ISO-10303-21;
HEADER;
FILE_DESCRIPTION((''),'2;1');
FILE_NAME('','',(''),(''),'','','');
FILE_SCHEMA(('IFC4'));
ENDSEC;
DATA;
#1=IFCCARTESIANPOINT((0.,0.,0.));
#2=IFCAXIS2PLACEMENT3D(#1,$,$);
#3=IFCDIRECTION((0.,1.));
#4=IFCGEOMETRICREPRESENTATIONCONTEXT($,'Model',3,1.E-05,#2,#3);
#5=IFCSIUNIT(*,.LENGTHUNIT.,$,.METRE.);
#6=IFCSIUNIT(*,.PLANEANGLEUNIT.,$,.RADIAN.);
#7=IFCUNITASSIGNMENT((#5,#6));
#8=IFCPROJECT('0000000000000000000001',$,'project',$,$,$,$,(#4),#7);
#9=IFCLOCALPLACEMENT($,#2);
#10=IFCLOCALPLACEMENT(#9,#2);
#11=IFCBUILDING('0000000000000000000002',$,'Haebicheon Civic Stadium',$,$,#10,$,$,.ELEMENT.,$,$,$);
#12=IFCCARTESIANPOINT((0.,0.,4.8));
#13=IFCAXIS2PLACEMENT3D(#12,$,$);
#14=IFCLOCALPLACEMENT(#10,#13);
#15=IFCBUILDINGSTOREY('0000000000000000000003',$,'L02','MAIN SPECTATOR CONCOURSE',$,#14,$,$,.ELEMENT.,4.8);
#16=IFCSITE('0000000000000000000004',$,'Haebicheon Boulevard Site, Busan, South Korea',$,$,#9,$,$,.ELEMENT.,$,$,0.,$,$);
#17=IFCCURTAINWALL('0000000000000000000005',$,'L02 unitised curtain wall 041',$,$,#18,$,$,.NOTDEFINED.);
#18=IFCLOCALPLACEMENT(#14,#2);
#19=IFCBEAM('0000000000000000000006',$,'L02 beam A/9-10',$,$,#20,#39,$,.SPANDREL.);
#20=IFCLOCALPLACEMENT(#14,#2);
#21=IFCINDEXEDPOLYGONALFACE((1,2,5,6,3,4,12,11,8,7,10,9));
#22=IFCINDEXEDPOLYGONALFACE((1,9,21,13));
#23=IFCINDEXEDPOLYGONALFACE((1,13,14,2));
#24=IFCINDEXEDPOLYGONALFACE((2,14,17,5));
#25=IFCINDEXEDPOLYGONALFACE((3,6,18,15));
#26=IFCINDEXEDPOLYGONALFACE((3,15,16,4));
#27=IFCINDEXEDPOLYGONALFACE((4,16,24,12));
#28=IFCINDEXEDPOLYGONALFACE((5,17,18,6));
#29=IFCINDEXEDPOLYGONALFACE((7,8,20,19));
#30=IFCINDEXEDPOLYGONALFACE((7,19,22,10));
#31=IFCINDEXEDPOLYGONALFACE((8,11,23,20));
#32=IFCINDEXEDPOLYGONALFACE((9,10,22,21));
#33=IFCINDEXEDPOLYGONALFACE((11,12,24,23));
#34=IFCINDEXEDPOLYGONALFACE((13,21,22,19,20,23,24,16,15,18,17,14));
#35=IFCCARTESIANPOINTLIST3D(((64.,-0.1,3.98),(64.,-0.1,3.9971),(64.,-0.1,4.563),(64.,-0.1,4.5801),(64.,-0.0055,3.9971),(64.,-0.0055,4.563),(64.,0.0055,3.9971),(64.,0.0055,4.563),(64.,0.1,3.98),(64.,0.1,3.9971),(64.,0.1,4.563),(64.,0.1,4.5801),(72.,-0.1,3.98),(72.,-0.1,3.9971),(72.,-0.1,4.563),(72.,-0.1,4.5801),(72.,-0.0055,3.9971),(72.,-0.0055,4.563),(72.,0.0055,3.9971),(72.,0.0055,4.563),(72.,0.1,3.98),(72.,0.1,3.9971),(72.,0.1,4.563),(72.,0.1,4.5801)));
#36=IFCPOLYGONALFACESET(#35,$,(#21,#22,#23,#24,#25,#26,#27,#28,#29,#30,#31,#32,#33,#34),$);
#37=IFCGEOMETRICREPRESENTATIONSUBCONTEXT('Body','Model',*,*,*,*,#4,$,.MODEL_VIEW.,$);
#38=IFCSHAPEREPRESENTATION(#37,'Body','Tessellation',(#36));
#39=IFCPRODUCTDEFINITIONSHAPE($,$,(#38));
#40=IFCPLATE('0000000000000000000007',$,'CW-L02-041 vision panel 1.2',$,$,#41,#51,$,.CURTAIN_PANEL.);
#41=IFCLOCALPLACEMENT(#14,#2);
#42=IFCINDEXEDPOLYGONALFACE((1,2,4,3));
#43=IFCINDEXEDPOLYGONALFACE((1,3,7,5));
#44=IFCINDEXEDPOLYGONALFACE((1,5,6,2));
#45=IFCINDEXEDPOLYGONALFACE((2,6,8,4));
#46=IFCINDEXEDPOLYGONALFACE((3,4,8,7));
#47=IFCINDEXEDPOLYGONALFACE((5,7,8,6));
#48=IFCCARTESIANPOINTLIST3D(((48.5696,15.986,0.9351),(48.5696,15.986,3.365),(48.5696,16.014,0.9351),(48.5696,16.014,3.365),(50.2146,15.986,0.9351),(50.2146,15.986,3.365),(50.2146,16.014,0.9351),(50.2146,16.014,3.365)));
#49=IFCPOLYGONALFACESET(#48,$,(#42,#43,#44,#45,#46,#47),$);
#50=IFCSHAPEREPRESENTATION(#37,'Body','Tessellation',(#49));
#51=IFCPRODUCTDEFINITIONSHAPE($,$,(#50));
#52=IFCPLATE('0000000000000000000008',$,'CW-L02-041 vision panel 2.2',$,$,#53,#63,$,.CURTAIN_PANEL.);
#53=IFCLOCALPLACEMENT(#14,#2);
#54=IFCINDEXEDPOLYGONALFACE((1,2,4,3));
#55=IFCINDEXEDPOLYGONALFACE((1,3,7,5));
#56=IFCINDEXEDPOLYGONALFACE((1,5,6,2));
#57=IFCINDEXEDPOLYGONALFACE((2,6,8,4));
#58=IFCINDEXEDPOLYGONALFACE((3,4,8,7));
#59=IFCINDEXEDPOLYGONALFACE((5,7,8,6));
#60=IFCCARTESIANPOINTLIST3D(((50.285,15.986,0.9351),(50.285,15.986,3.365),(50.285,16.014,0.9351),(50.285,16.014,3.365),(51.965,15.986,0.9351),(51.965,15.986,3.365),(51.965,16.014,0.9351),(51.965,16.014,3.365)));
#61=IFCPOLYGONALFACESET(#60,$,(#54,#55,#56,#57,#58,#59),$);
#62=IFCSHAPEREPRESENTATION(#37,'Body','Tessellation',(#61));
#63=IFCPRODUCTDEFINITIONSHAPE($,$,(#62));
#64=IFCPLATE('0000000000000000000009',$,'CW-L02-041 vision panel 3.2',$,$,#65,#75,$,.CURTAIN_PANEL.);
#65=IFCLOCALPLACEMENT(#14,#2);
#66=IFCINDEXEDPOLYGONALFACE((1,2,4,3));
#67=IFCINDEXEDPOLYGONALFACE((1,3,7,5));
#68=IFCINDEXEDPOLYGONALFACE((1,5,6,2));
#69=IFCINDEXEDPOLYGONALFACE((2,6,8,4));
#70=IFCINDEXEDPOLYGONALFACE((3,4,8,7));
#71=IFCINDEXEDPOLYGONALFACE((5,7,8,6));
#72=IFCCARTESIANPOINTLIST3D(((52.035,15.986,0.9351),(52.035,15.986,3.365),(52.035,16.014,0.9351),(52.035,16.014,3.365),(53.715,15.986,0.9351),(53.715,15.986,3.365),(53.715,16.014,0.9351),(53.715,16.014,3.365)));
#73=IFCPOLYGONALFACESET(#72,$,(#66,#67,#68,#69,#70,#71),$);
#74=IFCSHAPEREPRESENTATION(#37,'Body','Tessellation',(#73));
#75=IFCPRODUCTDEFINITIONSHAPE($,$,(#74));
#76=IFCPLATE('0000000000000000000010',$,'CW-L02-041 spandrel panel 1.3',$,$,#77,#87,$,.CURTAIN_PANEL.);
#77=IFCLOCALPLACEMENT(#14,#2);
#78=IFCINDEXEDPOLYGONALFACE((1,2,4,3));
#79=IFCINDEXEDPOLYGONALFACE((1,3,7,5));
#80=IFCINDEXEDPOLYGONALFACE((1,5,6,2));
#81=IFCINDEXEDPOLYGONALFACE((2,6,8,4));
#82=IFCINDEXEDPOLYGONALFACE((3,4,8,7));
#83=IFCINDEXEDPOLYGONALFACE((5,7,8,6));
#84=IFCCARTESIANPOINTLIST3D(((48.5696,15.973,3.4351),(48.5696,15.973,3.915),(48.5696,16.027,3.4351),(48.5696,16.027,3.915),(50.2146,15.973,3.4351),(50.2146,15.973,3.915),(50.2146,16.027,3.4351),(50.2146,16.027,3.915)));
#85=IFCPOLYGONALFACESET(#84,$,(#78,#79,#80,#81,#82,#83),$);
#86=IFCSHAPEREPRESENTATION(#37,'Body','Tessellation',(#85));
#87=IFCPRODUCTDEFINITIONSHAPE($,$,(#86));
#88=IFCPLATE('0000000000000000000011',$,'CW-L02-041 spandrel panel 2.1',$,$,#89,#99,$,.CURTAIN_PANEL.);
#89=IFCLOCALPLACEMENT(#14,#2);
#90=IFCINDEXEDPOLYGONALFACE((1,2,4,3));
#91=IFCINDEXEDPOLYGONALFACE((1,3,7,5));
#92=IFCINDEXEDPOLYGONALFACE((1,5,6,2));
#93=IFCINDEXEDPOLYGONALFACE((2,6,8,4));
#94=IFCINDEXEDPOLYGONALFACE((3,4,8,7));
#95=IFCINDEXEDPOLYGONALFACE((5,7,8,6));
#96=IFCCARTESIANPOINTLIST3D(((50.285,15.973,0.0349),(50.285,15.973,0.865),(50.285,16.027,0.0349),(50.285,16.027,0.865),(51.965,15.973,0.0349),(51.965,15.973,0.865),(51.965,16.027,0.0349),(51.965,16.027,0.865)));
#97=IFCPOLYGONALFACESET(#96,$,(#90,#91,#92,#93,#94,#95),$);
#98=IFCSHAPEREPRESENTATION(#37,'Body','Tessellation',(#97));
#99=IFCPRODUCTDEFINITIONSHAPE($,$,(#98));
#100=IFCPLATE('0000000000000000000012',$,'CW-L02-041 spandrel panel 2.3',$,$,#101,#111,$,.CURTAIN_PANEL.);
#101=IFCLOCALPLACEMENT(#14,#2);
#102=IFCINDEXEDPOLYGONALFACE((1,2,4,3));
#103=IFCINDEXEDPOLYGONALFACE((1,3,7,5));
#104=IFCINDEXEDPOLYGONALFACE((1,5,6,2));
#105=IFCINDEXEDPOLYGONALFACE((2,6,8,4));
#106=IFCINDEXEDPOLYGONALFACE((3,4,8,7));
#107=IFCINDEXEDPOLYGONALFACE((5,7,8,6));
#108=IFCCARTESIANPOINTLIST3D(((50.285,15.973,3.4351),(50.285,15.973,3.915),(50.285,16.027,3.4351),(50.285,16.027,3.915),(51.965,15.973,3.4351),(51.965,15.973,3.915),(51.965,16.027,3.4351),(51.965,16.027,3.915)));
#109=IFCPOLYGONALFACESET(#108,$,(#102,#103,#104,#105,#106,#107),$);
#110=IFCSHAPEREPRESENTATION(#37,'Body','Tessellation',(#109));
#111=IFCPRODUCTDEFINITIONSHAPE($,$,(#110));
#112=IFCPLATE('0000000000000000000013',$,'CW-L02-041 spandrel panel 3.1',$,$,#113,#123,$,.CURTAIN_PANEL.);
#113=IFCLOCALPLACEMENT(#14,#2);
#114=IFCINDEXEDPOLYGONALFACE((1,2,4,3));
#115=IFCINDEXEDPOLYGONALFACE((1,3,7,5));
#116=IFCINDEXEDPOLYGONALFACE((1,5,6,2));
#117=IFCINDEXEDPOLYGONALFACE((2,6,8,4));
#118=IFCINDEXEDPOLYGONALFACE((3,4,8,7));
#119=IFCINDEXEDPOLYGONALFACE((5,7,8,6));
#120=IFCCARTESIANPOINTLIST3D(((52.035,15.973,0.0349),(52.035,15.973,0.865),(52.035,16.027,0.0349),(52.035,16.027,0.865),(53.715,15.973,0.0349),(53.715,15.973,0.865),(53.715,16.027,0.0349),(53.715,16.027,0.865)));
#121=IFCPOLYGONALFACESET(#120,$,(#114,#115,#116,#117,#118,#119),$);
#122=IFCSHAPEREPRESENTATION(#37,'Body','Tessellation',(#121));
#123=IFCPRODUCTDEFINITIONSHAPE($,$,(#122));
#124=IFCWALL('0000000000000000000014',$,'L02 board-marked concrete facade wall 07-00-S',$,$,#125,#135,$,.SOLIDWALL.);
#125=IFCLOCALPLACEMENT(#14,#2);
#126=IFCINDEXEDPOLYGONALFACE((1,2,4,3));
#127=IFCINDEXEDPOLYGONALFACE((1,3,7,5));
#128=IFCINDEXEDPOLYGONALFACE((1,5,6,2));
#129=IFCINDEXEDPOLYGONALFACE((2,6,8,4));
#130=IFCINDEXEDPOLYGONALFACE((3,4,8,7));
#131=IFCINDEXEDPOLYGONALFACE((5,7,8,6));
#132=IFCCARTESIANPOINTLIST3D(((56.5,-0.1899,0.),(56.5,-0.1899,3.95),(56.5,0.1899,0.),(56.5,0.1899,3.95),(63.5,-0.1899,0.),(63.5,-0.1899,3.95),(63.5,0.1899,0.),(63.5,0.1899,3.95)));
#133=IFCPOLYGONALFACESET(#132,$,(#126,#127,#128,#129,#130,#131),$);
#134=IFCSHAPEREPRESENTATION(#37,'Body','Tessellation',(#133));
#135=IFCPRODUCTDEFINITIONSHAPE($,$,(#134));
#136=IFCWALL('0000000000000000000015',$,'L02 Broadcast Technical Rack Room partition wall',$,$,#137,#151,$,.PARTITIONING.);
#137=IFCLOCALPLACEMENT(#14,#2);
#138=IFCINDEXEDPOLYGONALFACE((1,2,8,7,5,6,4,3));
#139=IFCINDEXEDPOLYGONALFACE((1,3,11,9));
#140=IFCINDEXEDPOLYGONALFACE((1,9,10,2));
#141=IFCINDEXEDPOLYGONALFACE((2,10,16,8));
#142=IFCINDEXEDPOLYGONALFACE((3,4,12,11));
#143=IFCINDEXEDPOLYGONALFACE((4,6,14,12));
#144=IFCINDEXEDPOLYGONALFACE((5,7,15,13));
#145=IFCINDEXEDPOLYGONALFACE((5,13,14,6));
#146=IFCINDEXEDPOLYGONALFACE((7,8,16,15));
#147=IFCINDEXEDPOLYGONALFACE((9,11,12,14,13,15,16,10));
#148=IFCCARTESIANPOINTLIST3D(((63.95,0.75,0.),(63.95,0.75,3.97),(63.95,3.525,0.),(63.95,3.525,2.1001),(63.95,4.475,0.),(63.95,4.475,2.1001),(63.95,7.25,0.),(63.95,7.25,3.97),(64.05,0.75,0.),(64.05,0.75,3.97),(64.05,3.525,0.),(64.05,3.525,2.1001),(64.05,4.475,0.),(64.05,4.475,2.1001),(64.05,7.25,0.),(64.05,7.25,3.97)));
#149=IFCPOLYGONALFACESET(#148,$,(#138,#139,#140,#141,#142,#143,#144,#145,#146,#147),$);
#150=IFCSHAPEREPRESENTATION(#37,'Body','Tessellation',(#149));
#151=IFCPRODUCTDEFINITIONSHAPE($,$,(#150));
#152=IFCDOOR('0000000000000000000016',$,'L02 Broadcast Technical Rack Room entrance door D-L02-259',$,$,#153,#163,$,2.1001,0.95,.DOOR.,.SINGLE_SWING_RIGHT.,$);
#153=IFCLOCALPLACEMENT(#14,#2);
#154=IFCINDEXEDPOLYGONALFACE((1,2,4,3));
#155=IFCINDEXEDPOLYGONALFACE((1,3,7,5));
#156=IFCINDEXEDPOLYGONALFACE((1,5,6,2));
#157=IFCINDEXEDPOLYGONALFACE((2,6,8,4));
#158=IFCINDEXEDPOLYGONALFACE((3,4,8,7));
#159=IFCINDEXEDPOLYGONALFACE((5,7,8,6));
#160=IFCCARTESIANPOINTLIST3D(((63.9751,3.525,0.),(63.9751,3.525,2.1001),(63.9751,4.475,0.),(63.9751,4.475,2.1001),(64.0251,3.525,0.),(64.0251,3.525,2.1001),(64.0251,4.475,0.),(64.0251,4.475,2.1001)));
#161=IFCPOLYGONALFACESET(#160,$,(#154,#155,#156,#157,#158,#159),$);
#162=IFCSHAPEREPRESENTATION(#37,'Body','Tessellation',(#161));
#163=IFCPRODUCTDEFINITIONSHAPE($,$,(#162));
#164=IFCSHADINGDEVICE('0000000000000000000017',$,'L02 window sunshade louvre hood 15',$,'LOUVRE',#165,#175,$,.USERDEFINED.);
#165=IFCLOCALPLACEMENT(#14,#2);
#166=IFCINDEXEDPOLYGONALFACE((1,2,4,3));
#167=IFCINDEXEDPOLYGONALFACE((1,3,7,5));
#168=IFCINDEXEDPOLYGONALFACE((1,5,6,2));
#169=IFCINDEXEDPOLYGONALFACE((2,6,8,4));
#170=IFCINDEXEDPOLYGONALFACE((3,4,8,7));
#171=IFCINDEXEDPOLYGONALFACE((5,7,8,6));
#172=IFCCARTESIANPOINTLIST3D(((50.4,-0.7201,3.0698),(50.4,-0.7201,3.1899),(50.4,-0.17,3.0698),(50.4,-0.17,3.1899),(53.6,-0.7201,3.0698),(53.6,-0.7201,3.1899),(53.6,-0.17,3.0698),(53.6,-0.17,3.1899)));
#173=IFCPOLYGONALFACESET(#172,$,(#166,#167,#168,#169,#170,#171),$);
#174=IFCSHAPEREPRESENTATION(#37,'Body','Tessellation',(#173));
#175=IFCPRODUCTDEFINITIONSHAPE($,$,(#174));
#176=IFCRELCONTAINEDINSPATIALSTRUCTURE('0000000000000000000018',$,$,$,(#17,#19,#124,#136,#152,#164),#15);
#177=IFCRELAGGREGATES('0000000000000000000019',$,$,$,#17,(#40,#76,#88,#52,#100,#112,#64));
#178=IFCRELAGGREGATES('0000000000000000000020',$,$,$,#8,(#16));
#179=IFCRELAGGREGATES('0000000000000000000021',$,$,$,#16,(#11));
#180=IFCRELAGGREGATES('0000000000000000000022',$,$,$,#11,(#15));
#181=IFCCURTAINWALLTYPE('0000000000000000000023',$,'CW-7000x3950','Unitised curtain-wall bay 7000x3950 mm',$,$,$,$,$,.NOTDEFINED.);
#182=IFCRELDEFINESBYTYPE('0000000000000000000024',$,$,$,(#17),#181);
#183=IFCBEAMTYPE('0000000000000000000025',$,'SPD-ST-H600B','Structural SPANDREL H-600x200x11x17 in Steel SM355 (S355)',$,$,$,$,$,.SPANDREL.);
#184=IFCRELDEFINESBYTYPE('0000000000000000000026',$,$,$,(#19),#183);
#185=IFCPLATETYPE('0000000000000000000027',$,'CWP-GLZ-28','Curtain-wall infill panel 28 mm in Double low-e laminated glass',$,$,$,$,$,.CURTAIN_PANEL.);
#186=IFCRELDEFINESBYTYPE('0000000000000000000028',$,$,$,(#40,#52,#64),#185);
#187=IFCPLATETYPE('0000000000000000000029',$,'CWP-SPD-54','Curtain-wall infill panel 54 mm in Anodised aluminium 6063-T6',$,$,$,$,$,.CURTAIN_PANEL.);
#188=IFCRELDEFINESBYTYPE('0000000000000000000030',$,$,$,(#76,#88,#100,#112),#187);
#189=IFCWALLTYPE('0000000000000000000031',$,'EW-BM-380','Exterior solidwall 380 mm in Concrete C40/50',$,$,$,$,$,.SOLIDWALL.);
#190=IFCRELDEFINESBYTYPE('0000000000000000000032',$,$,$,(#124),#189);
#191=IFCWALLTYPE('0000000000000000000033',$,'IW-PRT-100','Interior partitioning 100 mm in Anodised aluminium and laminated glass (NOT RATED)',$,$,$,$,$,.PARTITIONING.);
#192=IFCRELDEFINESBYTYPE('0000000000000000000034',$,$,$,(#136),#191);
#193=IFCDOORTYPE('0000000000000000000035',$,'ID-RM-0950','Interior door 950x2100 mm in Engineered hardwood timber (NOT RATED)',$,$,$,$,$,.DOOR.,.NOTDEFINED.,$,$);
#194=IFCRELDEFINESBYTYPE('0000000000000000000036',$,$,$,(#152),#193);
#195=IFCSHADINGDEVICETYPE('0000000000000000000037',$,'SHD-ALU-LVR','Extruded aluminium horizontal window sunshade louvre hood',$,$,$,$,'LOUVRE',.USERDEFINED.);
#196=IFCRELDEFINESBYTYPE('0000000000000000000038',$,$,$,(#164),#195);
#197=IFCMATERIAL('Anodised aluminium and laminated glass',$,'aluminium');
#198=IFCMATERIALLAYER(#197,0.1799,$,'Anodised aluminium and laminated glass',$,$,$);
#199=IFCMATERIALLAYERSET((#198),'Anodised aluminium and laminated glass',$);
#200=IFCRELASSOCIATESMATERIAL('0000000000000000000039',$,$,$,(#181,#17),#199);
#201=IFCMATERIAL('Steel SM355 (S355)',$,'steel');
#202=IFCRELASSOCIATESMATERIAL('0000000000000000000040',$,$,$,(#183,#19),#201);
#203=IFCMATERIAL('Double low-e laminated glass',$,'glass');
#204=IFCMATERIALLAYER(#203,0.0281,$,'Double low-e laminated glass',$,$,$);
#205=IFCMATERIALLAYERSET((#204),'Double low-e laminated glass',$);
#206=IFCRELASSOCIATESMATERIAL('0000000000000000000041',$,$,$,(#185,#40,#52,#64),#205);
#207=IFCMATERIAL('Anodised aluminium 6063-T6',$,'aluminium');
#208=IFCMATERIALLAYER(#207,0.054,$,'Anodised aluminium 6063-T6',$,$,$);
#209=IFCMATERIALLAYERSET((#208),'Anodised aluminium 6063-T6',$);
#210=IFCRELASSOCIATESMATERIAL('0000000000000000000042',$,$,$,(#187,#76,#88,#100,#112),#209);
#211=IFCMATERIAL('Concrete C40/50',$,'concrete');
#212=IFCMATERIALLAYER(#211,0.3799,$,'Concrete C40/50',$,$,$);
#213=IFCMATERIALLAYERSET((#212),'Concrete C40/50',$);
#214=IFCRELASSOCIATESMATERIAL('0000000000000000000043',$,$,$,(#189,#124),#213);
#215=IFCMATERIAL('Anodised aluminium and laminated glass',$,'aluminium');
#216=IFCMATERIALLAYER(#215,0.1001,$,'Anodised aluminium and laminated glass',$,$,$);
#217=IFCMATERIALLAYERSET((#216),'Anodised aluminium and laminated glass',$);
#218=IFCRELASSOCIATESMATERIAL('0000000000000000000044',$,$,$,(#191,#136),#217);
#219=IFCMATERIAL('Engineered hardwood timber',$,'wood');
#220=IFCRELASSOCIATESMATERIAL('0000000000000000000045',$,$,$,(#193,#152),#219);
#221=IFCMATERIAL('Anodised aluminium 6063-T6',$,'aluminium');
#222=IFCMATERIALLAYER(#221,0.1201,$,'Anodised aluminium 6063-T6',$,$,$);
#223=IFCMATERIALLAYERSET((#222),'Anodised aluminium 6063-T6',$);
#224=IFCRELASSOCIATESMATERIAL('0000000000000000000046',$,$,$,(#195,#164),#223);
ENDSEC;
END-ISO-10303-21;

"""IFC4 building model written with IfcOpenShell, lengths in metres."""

from ifc_helpers import new_model, si_unit, direction, frame, frame_2d, origin, origin_2d, place, context, subcontext, project, spatial, rectangle, i_section, extrude, material, layer, layer_set, material_profile, profile_set, type_object, element, fill, aggregate, save


model = new_model("IFC4")

# Units and contexts
model_context = context("Model", 3, precision=1e-05, world=origin(), true_north=direction((0.0, 1.0)))
body_context = subcontext(model_context, "Body", "Model", "MODEL_VIEW")
ifc_project = project(units=[si_unit("LENGTHUNIT", "METRE"), si_unit("PLANEANGLEUNIT", "RADIAN")], contexts=[model_context])

# Site, building, storey
site_placement = place(None, origin())
site = spatial("IfcSite", under=ifc_project, at=site_placement, Name="Haebicheon Boulevard Site, Busan, South Korea", CompositionType="ELEMENT", RefElevation=0.0)
building_placement = place(site_placement, origin())
building = spatial("IfcBuilding", under=site, at=building_placement, Name="Haebicheon Civic Stadium", CompositionType="ELEMENT")
storey_placement = place(building_placement, frame((0.0, 0.0, 4.8)))
storey = spatial("IfcBuildingStorey", under=building, at=storey_placement, Name="L02", Description="MAIN SPECTATOR CONCOURSE", CompositionType="ELEMENT", Elevation=4.8)

# Curtain wall
ifc_material_1 = material(Name="Anodised aluminium and laminated glass", Category="aluminium")
ifc_layer_1 = layer(ifc_material_1, 0.1799, Name="Anodised aluminium and laminated glass")
ifc_layer_set_1 = layer_set([ifc_layer_1], Name="Anodised aluminium and laminated glass")
curtain_wall_type = type_object("IfcCurtainWallType", Name="CW-7000x3950", Description="Unitised curtain-wall bay 7000x3950 mm", PredefinedType="NOTDEFINED", material=ifc_layer_set_1)
curtain_wall_placement = place(storey_placement, origin())
curtain_wall = element("IfcCurtainWall", 1, at=curtain_wall_placement, inside=storey, type_object=curtain_wall_type, material=ifc_layer_set_1, Name="L02 unitised curtain wall 041", PredefinedType="NOTDEFINED")

# Beam
ifc_material_2 = material(Name="Steel SM355 (S355)", Category="steel")
ifc_material_profile_1 = material_profile(ifc_material_2, i_section(OverallWidth=0.2, OverallDepth=0.6001, WebThickness=0.011, FlangeThickness=0.0171, at=origin_2d()), Name="H-600x200x11x17")
ifc_profile_set_1 = profile_set([ifc_material_profile_1], Name="Steel SM355 (S355)")
beam_type_1 = type_object("IfcBeamType", Name="SPD-ST-H600B", Description="Structural SPANDREL H-600x200x11x17 in Steel SM355 (S355)", PredefinedType="SPANDREL", material=ifc_profile_set_1)
for number, where, z_axis, x_axis, name in (
    (2, (64.0, 0.0, 4.28), (1.0, 0.0, 0.0), (0.0, 1.0, 0.0), "L02 beam A/9-10"),
):
    element("IfcBeam", number, at=place(storey_placement, frame(where, z_axis=z_axis, x_axis=x_axis)), inside=storey, type_object=beam_type_1, material=ifc_profile_set_1, Name=name, PredefinedType="SPANDREL", context=body_context, shape_type="SweptSolid", body=[
        extrude(i_section(OverallWidth=0.2, OverallDepth=0.6001, WebThickness=0.011, FlangeThickness=0.0171, at=origin_2d()), origin(), (0.0, 0.0, 1.0), 8.0),
    ])

# Plates
ifc_material_3 = material(Name="Double low-e laminated glass", Category="glass")
ifc_layer_2 = layer(ifc_material_3, 0.0281, Name="Double low-e laminated glass")
ifc_layer_set_2 = layer_set([ifc_layer_2], Name="Double low-e laminated glass")
plate_type_1 = type_object("IfcPlateType", Name="CWP-GLZ-28", Description="Curtain-wall infill panel 28 mm in Double low-e laminated glass", PredefinedType="CURTAIN_PANEL", material=ifc_layer_set_2)
plate_1_placement = place(storey_placement, frame((49.3921, 16.0, 0.9351), z_axis=(0.0, 0.0, 1.0), x_axis=(1.0, 0.0, 0.0)))
plate_1 = element("IfcPlate", 3, at=plate_1_placement, type_object=plate_type_1, material=ifc_layer_set_2, Name="CW-L02-041 vision panel 1.2", PredefinedType="CURTAIN_PANEL", context=body_context, shape_type="SweptSolid", body=[
    extrude(rectangle(XDim=1.645, YDim=0.0281, at=origin_2d()), origin(), (0.0, 0.0, 1.0), 2.4299),
])
plate_2_placement = place(storey_placement, frame((51.125, 16.0, 0.9351), z_axis=(0.0, 0.0, 1.0), x_axis=(1.0, 0.0, 0.0)))
plate_2 = element("IfcPlate", 4, at=plate_2_placement, type_object=plate_type_1, material=ifc_layer_set_2, Name="CW-L02-041 vision panel 2.2", PredefinedType="CURTAIN_PANEL", context=body_context, shape_type="SweptSolid", body=[
    extrude(rectangle(XDim=1.6799, YDim=0.0281, at=origin_2d()), origin(), (0.0, 0.0, 1.0), 2.4299),
])
plate_3_placement = place(storey_placement, frame((52.875, 16.0, 0.9351), z_axis=(0.0, 0.0, 1.0), x_axis=(1.0, 0.0, 0.0)))
plate_3 = element("IfcPlate", 5, at=plate_3_placement, type_object=plate_type_1, material=ifc_layer_set_2, Name="CW-L02-041 vision panel 3.2", PredefinedType="CURTAIN_PANEL", context=body_context, shape_type="SweptSolid", body=[
    extrude(rectangle(XDim=1.6799, YDim=0.0281, at=origin_2d()), origin(), (0.0, 0.0, 1.0), 2.4299),
])
ifc_material_4 = material(Name="Anodised aluminium 6063-T6", Category="aluminium")
ifc_layer_3 = layer(ifc_material_4, 0.054, Name="Anodised aluminium 6063-T6")
ifc_layer_set_3 = layer_set([ifc_layer_3], Name="Anodised aluminium 6063-T6")
plate_type_2 = type_object("IfcPlateType", Name="CWP-SPD-54", Description="Curtain-wall infill panel 54 mm in Anodised aluminium 6063-T6", PredefinedType="CURTAIN_PANEL", material=ifc_layer_set_3)
plate_4_placement = place(storey_placement, frame((49.3921, 16.0, 3.4351), z_axis=(0.0, 0.0, 1.0), x_axis=(1.0, 0.0, 0.0)))
plate_4 = element("IfcPlate", 6, at=plate_4_placement, type_object=plate_type_2, material=ifc_layer_set_3, Name="CW-L02-041 spandrel panel 1.3", PredefinedType="CURTAIN_PANEL", context=body_context, shape_type="SweptSolid", body=[
    extrude(rectangle(XDim=1.645, YDim=0.054, at=origin_2d()), origin(), (0.0, 0.0, 1.0), 0.48),
])
plate_5_placement = place(storey_placement, frame((51.125, 16.0, 0.0349), z_axis=(0.0, 0.0, 1.0), x_axis=(1.0, 0.0, 0.0)))
plate_5 = element("IfcPlate", 7, at=plate_5_placement, type_object=plate_type_2, material=ifc_layer_set_3, Name="CW-L02-041 spandrel panel 2.1", PredefinedType="CURTAIN_PANEL", context=body_context, shape_type="SweptSolid", body=[
    extrude(rectangle(XDim=1.6799, YDim=0.054, at=origin_2d()), origin(), (0.0, 0.0, 1.0), 0.8301),
])
plate_6_placement = place(storey_placement, frame((51.125, 16.0, 3.4351), z_axis=(0.0, 0.0, 1.0), x_axis=(1.0, 0.0, 0.0)))
plate_6 = element("IfcPlate", 8, at=plate_6_placement, type_object=plate_type_2, material=ifc_layer_set_3, Name="CW-L02-041 spandrel panel 2.3", PredefinedType="CURTAIN_PANEL", context=body_context, shape_type="SweptSolid", body=[
    extrude(rectangle(XDim=1.6799, YDim=0.054, at=origin_2d()), origin(), (0.0, 0.0, 1.0), 0.48),
])
plate_7_placement = place(storey_placement, frame((52.875, 16.0, 0.0349), z_axis=(0.0, 0.0, 1.0), x_axis=(1.0, 0.0, 0.0)))
plate_7 = element("IfcPlate", 9, at=plate_7_placement, type_object=plate_type_2, material=ifc_layer_set_3, Name="CW-L02-041 spandrel panel 3.1", PredefinedType="CURTAIN_PANEL", context=body_context, shape_type="SweptSolid", body=[
    extrude(rectangle(XDim=1.6799, YDim=0.054, at=origin_2d()), origin(), (0.0, 0.0, 1.0), 0.8301),
])
aggregate(curtain_wall, [plate_1, plate_4, plate_5, plate_2, plate_6, plate_7, plate_3])

# Wall
ifc_material_5 = material(Name="Concrete C40/50", Category="concrete")
ifc_layer_4 = layer(ifc_material_5, 0.3799, Name="Concrete C40/50")
ifc_layer_set_4 = layer_set([ifc_layer_4], Name="Concrete C40/50")
wall_type_1 = type_object("IfcWallType", Name="EW-BM-380", Description="Exterior solidwall 380 mm in Concrete C40/50", PredefinedType="SOLIDWALL", material=ifc_layer_set_4)
wall_1_placement = place(storey_placement, frame((56.5, 0.0, 0.0), z_axis=(0.0, 0.0, 1.0), x_axis=(1.0, 0.0, 0.0)))
element("IfcWall", 10, at=wall_1_placement, inside=storey, type_object=wall_type_1, material=ifc_layer_set_4, Name="L02 board-marked concrete facade wall 07-00-S", PredefinedType="SOLIDWALL", context=body_context, shape_type="SweptSolid", body=[
    extrude(rectangle(XDim=7.0, YDim=0.3799, at=frame_2d((3.5, 0.0))), origin(), (0.0, 0.0, 1.0), 3.95),
])

# Wall, opening, door
ifc_material_6 = material(Name="Anodised aluminium and laminated glass", Category="aluminium")
ifc_layer_5 = layer(ifc_material_6, 0.1001, Name="Anodised aluminium and laminated glass")
ifc_layer_set_5 = layer_set([ifc_layer_5], Name="Anodised aluminium and laminated glass")
wall_type_2 = type_object("IfcWallType", Name="IW-PRT-100", Description="Interior partitioning 100 mm in Anodised aluminium and laminated glass (NOT RATED)", PredefinedType="PARTITIONING", material=ifc_layer_set_5)
wall_2_placement = place(storey_placement, frame((64.0, 0.75, 0.0), z_axis=(0.0, 0.0, 1.0), x_axis=(0.0, 1.0, 0.0)))
wall_2 = element("IfcWall", 11, at=wall_2_placement, inside=storey, type_object=wall_type_2, material=ifc_layer_set_5, Name="L02 Broadcast Technical Rack Room partition wall", PredefinedType="PARTITIONING", context=body_context, shape_type="SweptSolid", body=[
    extrude(rectangle(XDim=6.5, YDim=0.1001, at=frame_2d((3.25, 0.0))), origin(), (0.0, 0.0, 1.0), 3.97),
])
opening_placement = place(wall_2_placement, frame((2.7749, 0.0, 0.0)))
opening = element("IfcOpeningElement", 12, at=opening_placement, cuts=wall_2, PredefinedType="OPENING", context=body_context, shape_type="SweptSolid", body=[
    extrude(rectangle(XDim=0.95, YDim=2.1001, at=frame_2d((0.4751, 1.05))), frame((0.0, 0.0601, 0.0), z_axis=(0.0, -1.0, 0.0), x_axis=(1.0, 0.0, 0.0)), (0.0, 0.0, 1.0), 0.1201),
])
ifc_material_7 = material(Name="Engineered hardwood timber", Category="wood")
door_type = type_object("IfcDoorType", Name="ID-RM-0950", Description="Interior door 950x2100 mm in Engineered hardwood timber (NOT RATED)", OperationType="NOTDEFINED", PredefinedType="DOOR", material=ifc_material_7)
door_placement = place(opening_placement, origin())
door = element("IfcDoor", 13, at=door_placement, inside=storey, type_object=door_type, material=ifc_material_7, Name="L02 Broadcast Technical Rack Room entrance door D-L02-259", OperationType="SINGLE_SWING_RIGHT", OverallHeight=2.1001, OverallWidth=0.95, PredefinedType="DOOR", context=body_context, shape_type="SweptSolid", body=[
    extrude(rectangle(XDim=0.95, YDim=2.1001, at=frame_2d((0.4751, 1.05))), frame((0.0, 0.0249, 0.0), z_axis=(0.0, -1.0, 0.0), x_axis=(1.0, 0.0, 0.0)), (0.0, 0.0, 1.0), 0.05),
])
fill(opening, door)

# Shading device
ifc_material_8 = material(Name="Anodised aluminium 6063-T6", Category="aluminium")
ifc_layer_6 = layer(ifc_material_8, 0.1201, Name="Anodised aluminium 6063-T6")
ifc_layer_set_6 = layer_set([ifc_layer_6], Name="Anodised aluminium 6063-T6")
shading_device_type = type_object("IfcShadingDeviceType", Name="SHD-ALU-LVR", Description="Extruded aluminium horizontal window sunshade louvre hood", ElementType="LOUVRE", PredefinedType="USERDEFINED", material=ifc_layer_set_6)
shading_device_placement = place(storey_placement, frame((52.0, -0.4451, 3.0698), z_axis=(0.0, 0.0, 1.0), x_axis=(1.0, 0.0, 0.0)))
element("IfcShadingDevice", 14, at=shading_device_placement, inside=storey, type_object=shading_device_type, material=ifc_layer_set_6, Name="L02 window sunshade louvre hood 15", ObjectType="LOUVRE", PredefinedType="USERDEFINED", context=body_context, shape_type="SweptSolid", body=[
    extrude(rectangle(XDim=3.2, YDim=0.55, at=origin_2d()), origin(), (0.0, 0.0, 1.0), 0.1201),
])

save(model, "model.ifc")
